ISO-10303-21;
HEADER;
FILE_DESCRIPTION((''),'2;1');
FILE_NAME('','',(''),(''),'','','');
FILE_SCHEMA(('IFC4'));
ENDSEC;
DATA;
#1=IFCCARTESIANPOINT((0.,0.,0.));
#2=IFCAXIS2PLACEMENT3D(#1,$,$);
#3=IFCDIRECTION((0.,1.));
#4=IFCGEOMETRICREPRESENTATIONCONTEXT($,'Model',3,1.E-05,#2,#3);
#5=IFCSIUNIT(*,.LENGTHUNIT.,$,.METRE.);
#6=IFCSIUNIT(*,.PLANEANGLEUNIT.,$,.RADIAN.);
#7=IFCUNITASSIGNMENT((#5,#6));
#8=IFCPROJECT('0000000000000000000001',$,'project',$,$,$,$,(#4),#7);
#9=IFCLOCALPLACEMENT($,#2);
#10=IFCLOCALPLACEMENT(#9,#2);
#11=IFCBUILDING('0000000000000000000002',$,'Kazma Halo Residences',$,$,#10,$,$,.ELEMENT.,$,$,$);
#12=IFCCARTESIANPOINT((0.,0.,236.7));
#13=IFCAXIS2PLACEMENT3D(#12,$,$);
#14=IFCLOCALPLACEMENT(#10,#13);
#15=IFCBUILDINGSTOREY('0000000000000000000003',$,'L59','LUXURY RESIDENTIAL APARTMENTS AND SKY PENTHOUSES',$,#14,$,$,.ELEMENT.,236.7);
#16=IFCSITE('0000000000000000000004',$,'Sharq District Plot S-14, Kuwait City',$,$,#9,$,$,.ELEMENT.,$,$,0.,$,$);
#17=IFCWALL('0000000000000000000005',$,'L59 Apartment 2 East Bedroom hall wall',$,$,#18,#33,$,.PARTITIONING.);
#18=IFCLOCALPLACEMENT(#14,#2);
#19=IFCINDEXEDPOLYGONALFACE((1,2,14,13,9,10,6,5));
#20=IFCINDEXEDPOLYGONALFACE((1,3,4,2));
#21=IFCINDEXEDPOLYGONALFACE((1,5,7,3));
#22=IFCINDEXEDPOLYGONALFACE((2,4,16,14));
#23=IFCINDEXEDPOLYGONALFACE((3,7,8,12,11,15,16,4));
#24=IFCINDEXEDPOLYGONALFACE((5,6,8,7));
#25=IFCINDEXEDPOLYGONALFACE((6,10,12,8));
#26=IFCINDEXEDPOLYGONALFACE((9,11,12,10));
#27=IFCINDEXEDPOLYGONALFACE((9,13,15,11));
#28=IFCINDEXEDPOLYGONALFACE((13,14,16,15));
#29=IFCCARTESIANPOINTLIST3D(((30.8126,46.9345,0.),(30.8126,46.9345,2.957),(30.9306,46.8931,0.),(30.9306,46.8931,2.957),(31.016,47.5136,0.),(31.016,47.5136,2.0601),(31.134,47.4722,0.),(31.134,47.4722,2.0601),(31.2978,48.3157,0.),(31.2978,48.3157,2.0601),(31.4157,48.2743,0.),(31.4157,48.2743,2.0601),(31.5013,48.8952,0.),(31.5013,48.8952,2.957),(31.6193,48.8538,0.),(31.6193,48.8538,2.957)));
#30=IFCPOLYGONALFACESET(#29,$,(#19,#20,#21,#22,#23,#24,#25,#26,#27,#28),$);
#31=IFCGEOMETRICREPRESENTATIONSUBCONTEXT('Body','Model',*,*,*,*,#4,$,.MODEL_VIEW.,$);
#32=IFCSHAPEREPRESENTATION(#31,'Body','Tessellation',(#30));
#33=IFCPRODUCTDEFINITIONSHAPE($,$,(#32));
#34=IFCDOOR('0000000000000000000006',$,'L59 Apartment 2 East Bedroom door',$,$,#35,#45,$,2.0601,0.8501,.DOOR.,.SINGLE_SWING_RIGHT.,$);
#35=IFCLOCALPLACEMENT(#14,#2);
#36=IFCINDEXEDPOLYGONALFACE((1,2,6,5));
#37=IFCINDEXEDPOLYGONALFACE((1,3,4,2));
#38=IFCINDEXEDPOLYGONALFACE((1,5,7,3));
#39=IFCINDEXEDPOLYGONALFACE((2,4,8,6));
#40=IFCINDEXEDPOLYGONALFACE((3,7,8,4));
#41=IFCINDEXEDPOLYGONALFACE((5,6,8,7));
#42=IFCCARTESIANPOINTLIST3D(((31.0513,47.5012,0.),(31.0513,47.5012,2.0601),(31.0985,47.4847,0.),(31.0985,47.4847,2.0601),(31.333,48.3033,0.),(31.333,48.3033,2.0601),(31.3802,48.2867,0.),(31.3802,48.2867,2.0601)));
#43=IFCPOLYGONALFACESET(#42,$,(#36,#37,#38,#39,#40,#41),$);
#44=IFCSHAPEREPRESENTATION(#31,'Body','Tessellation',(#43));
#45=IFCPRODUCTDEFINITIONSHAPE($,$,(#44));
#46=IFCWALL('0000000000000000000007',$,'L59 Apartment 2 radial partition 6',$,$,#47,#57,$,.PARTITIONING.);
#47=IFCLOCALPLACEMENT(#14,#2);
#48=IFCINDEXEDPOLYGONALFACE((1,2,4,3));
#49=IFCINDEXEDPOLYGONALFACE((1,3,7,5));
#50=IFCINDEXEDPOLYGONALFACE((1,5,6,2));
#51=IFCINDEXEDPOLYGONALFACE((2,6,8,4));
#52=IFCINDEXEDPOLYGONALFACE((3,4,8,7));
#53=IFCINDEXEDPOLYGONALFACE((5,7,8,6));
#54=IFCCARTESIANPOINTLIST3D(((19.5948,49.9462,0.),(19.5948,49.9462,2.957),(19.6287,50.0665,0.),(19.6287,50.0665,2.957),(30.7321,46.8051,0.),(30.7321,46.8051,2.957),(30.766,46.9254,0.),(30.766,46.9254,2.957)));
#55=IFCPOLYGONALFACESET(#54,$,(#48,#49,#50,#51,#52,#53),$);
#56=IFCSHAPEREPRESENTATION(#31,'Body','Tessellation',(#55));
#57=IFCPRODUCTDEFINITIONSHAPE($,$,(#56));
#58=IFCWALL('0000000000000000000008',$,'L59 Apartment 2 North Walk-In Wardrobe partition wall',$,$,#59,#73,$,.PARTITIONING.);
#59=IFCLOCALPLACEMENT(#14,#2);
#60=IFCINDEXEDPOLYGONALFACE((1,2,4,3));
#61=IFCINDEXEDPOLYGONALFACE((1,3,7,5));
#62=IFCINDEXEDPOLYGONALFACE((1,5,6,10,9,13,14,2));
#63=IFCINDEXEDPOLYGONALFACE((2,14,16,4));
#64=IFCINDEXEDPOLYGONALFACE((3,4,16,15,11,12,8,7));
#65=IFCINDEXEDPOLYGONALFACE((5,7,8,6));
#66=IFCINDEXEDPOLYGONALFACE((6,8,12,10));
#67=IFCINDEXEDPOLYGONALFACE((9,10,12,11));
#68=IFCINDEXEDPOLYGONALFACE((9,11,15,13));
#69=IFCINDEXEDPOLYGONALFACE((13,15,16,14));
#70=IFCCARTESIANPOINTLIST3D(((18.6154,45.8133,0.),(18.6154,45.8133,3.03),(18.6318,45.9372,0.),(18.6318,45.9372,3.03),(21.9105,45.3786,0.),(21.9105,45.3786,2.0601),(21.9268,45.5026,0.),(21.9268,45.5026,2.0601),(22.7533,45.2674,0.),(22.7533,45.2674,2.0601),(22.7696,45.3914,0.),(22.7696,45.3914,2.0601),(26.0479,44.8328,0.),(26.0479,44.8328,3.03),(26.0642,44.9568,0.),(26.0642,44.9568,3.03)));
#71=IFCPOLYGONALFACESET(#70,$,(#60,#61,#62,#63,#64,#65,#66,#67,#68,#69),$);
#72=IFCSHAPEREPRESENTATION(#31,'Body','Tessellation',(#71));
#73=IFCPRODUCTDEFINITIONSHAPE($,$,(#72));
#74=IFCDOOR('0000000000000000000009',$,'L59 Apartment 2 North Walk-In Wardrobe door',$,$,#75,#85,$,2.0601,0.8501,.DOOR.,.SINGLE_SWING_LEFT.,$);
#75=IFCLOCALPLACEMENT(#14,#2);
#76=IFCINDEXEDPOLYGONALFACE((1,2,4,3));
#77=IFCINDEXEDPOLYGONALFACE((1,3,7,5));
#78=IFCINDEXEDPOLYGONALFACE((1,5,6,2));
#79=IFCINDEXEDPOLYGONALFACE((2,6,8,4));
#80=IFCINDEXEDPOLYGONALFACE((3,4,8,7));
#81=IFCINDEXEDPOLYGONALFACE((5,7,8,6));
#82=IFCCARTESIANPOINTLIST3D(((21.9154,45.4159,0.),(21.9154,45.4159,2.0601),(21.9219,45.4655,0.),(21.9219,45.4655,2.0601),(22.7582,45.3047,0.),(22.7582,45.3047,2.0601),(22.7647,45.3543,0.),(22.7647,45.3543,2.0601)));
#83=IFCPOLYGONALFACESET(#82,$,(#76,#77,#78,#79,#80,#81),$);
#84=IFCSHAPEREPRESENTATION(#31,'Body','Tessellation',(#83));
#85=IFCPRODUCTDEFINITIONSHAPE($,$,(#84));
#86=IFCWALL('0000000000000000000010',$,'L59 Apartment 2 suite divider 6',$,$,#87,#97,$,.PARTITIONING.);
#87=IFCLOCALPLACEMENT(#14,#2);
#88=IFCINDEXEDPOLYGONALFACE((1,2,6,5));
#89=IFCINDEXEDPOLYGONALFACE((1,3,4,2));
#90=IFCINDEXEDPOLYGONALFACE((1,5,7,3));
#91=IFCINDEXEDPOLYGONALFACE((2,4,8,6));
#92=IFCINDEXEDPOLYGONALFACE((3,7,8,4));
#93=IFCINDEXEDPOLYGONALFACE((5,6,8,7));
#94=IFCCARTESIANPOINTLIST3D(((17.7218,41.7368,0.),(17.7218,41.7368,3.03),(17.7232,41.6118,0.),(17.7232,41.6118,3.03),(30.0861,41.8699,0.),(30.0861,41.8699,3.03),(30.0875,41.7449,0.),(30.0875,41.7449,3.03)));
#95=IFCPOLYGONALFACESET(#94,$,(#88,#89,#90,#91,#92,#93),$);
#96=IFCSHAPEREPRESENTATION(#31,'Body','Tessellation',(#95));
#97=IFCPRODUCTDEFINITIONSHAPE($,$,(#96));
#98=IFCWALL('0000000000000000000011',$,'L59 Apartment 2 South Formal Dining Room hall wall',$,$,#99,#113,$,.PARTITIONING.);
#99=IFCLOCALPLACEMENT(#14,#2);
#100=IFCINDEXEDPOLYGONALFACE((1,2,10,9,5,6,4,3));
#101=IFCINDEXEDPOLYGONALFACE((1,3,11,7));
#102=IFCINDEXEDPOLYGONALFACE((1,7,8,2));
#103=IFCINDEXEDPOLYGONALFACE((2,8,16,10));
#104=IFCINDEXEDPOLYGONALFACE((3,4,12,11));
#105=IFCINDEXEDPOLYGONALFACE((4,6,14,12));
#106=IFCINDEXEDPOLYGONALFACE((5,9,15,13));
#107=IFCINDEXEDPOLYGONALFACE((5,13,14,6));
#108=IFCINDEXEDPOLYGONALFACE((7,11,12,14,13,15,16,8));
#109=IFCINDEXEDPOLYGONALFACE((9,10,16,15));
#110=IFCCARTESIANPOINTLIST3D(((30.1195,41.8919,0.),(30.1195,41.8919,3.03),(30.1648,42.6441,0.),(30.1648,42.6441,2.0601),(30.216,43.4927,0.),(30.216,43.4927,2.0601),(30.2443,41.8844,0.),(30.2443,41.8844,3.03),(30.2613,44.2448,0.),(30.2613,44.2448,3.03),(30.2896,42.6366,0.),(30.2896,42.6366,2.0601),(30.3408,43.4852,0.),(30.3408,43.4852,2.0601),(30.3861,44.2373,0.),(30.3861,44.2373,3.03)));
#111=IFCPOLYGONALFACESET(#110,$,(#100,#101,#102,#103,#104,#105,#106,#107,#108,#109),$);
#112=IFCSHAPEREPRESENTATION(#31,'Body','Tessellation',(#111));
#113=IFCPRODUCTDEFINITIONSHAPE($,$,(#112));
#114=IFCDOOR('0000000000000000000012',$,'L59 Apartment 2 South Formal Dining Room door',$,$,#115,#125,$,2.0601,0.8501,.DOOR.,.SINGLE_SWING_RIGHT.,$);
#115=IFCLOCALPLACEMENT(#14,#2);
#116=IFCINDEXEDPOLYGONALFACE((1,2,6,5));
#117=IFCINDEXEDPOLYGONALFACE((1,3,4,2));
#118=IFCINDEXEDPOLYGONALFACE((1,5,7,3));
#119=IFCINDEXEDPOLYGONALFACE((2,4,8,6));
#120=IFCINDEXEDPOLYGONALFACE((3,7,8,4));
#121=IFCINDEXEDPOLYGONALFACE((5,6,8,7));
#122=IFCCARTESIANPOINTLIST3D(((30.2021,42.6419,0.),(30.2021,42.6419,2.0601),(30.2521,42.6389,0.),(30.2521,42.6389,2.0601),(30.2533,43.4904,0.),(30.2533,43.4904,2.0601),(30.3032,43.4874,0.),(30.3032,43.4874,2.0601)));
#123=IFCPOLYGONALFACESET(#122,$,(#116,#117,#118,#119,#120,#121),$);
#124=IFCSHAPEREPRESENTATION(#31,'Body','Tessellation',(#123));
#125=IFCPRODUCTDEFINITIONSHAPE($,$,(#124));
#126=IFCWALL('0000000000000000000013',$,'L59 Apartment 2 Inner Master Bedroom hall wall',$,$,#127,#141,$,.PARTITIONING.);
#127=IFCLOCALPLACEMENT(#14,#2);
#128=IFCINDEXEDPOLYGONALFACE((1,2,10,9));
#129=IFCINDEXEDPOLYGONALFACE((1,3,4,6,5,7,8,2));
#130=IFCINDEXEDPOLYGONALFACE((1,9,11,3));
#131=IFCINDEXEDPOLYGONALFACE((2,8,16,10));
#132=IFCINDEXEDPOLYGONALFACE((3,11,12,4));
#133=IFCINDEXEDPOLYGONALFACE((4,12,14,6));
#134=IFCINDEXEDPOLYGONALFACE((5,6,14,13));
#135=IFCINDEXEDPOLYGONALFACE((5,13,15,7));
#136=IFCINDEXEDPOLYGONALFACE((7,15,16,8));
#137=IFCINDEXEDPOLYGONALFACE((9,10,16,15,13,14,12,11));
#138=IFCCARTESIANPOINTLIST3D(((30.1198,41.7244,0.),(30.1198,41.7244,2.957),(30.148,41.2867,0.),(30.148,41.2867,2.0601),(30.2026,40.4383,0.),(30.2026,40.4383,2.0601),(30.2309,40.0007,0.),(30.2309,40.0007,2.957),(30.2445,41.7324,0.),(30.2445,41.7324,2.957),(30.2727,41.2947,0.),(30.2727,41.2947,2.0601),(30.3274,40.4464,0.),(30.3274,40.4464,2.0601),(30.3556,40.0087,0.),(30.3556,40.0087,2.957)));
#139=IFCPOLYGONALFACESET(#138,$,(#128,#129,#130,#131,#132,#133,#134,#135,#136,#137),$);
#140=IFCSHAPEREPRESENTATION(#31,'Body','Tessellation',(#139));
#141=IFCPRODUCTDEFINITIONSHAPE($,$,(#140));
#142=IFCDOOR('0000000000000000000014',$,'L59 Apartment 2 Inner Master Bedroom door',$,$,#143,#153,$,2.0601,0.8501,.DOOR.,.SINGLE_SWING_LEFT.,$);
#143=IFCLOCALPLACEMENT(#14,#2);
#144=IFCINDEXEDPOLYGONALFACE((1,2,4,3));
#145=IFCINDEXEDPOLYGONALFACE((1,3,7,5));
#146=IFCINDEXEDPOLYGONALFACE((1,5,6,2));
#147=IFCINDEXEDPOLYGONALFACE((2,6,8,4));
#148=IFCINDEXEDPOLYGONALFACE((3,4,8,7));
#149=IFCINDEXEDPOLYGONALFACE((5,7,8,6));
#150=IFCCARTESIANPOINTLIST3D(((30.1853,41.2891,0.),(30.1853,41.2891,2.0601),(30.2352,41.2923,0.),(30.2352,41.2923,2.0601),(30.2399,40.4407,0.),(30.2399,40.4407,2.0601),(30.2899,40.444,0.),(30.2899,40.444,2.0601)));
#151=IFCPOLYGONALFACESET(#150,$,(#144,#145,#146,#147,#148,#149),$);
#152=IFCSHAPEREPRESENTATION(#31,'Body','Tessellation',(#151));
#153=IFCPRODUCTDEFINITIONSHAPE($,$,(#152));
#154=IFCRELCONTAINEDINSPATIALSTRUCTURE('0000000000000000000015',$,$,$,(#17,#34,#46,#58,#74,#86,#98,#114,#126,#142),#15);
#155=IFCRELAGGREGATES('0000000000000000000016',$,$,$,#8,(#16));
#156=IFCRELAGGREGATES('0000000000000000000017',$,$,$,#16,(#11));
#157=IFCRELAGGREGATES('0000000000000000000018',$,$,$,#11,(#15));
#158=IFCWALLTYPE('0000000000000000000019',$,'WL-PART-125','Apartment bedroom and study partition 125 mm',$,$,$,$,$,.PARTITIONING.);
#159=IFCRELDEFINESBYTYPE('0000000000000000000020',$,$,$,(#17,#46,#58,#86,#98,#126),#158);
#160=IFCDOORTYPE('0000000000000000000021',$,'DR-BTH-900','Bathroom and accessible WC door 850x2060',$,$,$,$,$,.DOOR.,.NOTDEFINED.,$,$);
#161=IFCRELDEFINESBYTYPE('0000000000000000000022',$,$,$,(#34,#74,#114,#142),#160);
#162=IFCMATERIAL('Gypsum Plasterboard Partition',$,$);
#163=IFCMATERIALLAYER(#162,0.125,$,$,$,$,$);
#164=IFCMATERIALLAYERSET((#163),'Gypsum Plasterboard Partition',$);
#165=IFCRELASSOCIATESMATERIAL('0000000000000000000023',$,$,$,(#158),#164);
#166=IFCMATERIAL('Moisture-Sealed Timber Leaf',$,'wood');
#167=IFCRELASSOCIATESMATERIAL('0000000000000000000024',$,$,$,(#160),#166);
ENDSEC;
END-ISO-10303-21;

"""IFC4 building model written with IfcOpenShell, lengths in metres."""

from ifc_helpers import new_model, si_unit, direction, frame, frame_2d, origin, place, context, subcontext, project, spatial, rectangle, extrude, material, layer, layer_set, type_object, element, fill, save


model = new_model("IFC4")

# Units and contexts
model_context = context("Model", 3, precision=1e-05, world=origin(), true_north=direction((0.0, 1.0)))
body_context = subcontext(model_context, "Body", "Model", "MODEL_VIEW")
ifc_project = project(units=[si_unit("LENGTHUNIT", "METRE"), si_unit("PLANEANGLEUNIT", "RADIAN")], contexts=[model_context])

# Site, building, storey
site_placement = place(None, origin())
site = spatial("IfcSite", under=ifc_project, at=site_placement, Name="Sharq District Plot S-14, Kuwait City", CompositionType="ELEMENT", RefElevation=0.0)
building_placement = place(site_placement, origin())
building = spatial("IfcBuilding", under=site, at=building_placement, Name="Kazma Halo Residences", CompositionType="ELEMENT")
storey_placement = place(building_placement, frame((0.0, 0.0, 236.7)))
storey = spatial("IfcBuildingStorey", under=building, at=storey_placement, Name="L59", Description="LUXURY RESIDENTIAL APARTMENTS AND SKY PENTHOUSES", CompositionType="ELEMENT", Elevation=236.7)

# Shared definitions
ifc_material_1 = material(Name="Gypsum Plasterboard Partition")
ifc_layer_1 = layer(ifc_material_1, 0.125)
ifc_layer_set_1 = layer_set([ifc_layer_1], Name="Gypsum Plasterboard Partition")
wall_type_1 = type_object("IfcWallType", Name="WL-PART-125", Description="Apartment bedroom and study partition 125 mm", PredefinedType="PARTITIONING", material=ifc_layer_set_1)

# Wall, opening, door
wall_1_placement = place(storey_placement, frame((31.5603, 48.8745, 0.0), z_axis=(0.0, 0.0, 1.0), x_axis=(-0.331413, -0.943486, 0.0)))
wall_1 = element("IfcWall", 1, at=wall_1_placement, inside=storey, type_object=wall_type_1, Name="L59 Apartment 2 East Bedroom hall wall", PredefinedType="PARTITIONING", context=body_context, shape_type="SweptSolid", body=[
    extrude(rectangle(XDim=2.0781, YDim=0.125, at=frame_2d((1.0391, 0.0))), origin(), (0.0, 0.0, 1.0), 2.957),
])
opening_1_placement = place(wall_1_placement, frame((0.6143, 0.0, 0.0)))
opening_1 = element("IfcOpeningElement", 2, at=opening_1_placement, cuts=wall_1, PredefinedType="OPENING", context=body_context, shape_type="SweptSolid", body=[
    extrude(rectangle(XDim=0.8501, YDim=2.0601, at=frame_2d((0.425, 1.03))), frame((0.0, 0.0725, 0.0), z_axis=(0.0, -1.0, 0.0), x_axis=(1.0, 0.0, 0.0)), (0.0, 0.0, 1.0), 0.145),
])
ifc_material_2 = material(Name="Moisture-Sealed Timber Leaf", Category="wood")
door_type = type_object("IfcDoorType", Name="DR-BTH-900", Description="Bathroom and accessible WC door 850x2060", OperationType="NOTDEFINED", PredefinedType="DOOR", material=ifc_material_2)
door_1_placement = place(opening_1_placement, origin())
door_1 = element("IfcDoor", 3, at=door_1_placement, inside=storey, type_object=door_type, Name="L59 Apartment 2 East Bedroom door", OperationType="SINGLE_SWING_RIGHT", OverallHeight=2.0601, OverallWidth=0.8501, PredefinedType="DOOR", context=body_context, shape_type="SweptSolid", body=[
    extrude(rectangle(XDim=0.8501, YDim=2.0601, at=frame_2d((0.425, 1.03))), frame((0.0, 0.0249, 0.0), z_axis=(0.0, -1.0, 0.0), x_axis=(1.0, 0.0, 0.0)), (0.0, 0.0, 1.0), 0.05),
])
fill(opening_1, door_1)

# Wall
wall_2_placement = place(storey_placement, frame((30.749, 46.8652, 0.0), z_axis=(0.0, 0.0, 1.0), x_axis=(-0.962453, 0.271448, 0.0)))
element("IfcWall", 4, at=wall_2_placement, inside=storey, type_object=wall_type_1, Name="L59 Apartment 2 radial partition 6", PredefinedType="PARTITIONING", context=body_context, shape_type="SweptSolid", body=[
    extrude(rectangle(XDim=11.5718, YDim=0.125, at=frame_2d((5.7859, 0.0))), origin(), (0.0, 0.0, 1.0), 2.957),
])

# Wall, opening, door
wall_3_placement = place(storey_placement, frame((26.0562, 44.8948, 0.0), z_axis=(0.0, 0.0, 1.0), x_axis=(-0.991411, 0.130786, 0.0)))
wall_3 = element("IfcWall", 5, at=wall_3_placement, inside=storey, type_object=wall_type_1, Name="L59 Apartment 2 North Walk-In Wardrobe partition wall", PredefinedType="PARTITIONING", context=body_context, shape_type="SweptSolid", body=[
    extrude(rectangle(XDim=7.4968, YDim=0.125, at=frame_2d((3.7485, 0.0))), origin(), (0.0, 0.0, 1.0), 3.03),
])
opening_2_placement = place(wall_3_placement, frame((3.3232, 0.0, 0.0)))
opening_2 = element("IfcOpeningElement", 6, at=opening_2_placement, cuts=wall_3, PredefinedType="OPENING", context=body_context, shape_type="SweptSolid", body=[
    extrude(rectangle(XDim=0.8501, YDim=2.0601, at=frame_2d((0.425, 1.03))), frame((0.0, 0.0725, 0.0), z_axis=(0.0, -1.0, 0.0), x_axis=(1.0, 0.0, 0.0)), (0.0, 0.0, 1.0), 0.145),
])
door_2_placement = place(opening_2_placement, origin())
door_2 = element("IfcDoor", 7, at=door_2_placement, inside=storey, type_object=door_type, Name="L59 Apartment 2 North Walk-In Wardrobe door", OperationType="SINGLE_SWING_LEFT", OverallHeight=2.0601, OverallWidth=0.8501, PredefinedType="DOOR", context=body_context, shape_type="SweptSolid", body=[
    extrude(rectangle(XDim=0.8501, YDim=2.0601, at=frame_2d((0.425, 1.03))), frame((0.0, 0.0249, 0.0), z_axis=(0.0, -1.0, 0.0), x_axis=(1.0, 0.0, 0.0)), (0.0, 0.0, 1.0), 0.05),
])
fill(opening_2, door_2)

# Wall
wall_4_placement = place(storey_placement, frame((30.0869, 41.8074, 0.0), z_axis=(0.0, 0.0, 1.0), x_axis=(-0.999942, -0.010761, 0.0)))
element("IfcWall", 8, at=wall_4_placement, inside=storey, type_object=wall_type_1, Name="L59 Apartment 2 suite divider 6", PredefinedType="PARTITIONING", context=body_context, shape_type="SweptSolid", body=[
    extrude(rectangle(XDim=12.365, YDim=0.125, at=frame_2d((6.1826, 0.0))), origin(), (0.0, 0.0, 1.0), 3.03),
])

# Walls, openings, doors
wall_5_placement = place(storey_placement, frame((30.3237, 44.2412, 0.0), z_axis=(0.0, 0.0, 1.0), x_axis=(-0.060173, -0.998188, 0.0)))
wall_5 = element("IfcWall", 9, at=wall_5_placement, inside=storey, type_object=wall_type_1, Name="L59 Apartment 2 South Formal Dining Room hall wall", PredefinedType="PARTITIONING", context=body_context, shape_type="SweptSolid", body=[
    extrude(rectangle(XDim=2.3572, YDim=0.125, at=frame_2d((1.1787, 0.0))), origin(), (0.0, 0.0, 1.0), 3.03),
])
opening_3_placement = place(wall_5_placement, frame((0.7537, 0.0, 0.0)))
opening_3 = element("IfcOpeningElement", 10, at=opening_3_placement, cuts=wall_5, PredefinedType="OPENING", context=body_context, shape_type="SweptSolid", body=[
    extrude(rectangle(XDim=0.8501, YDim=2.0601, at=frame_2d((0.425, 1.03))), frame((0.0, 0.0725, 0.0), z_axis=(0.0, -1.0, 0.0), x_axis=(1.0, 0.0, 0.0)), (0.0, 0.0, 1.0), 0.145),
])
door_3_placement = place(opening_3_placement, origin())
door_3 = element("IfcDoor", 11, at=door_3_placement, inside=storey, type_object=door_type, Name="L59 Apartment 2 South Formal Dining Room door", OperationType="SINGLE_SWING_RIGHT", OverallHeight=2.0601, OverallWidth=0.8501, PredefinedType="DOOR", context=body_context, shape_type="SweptSolid", body=[
    extrude(rectangle(XDim=0.8501, YDim=2.0601, at=frame_2d((0.425, 1.03))), frame((0.0, 0.0249, 0.0), z_axis=(0.0, -1.0, 0.0), x_axis=(1.0, 0.0, 0.0)), (0.0, 0.0, 1.0), 0.05),
])
fill(opening_3, door_3)
wall_6_placement = place(storey_placement, frame((30.1821, 41.7285, 0.0), z_axis=(0.0, 0.0, 1.0), x_axis=(0.064314, -0.99793, 0.0)))
wall_6 = element("IfcWall", 12, at=wall_6_placement, inside=storey, type_object=wall_type_1, Name="L59 Apartment 2 Inner Master Bedroom hall wall", PredefinedType="PARTITIONING", context=body_context, shape_type="SweptSolid", body=[
    extrude(rectangle(XDim=1.7273, YDim=0.125, at=frame_2d((0.8638, 0.0))), origin(), (0.0, 0.0, 1.0), 2.957),
])
opening_4_placement = place(wall_6_placement, frame((0.4387, 0.0, 0.0)))
opening_4 = element("IfcOpeningElement", 13, at=opening_4_placement, cuts=wall_6, PredefinedType="OPENING", context=body_context, shape_type="SweptSolid", body=[
    extrude(rectangle(XDim=0.8501, YDim=2.0601, at=frame_2d((0.425, 1.03))), frame((0.0, 0.0725, 0.0), z_axis=(0.0, -1.0, 0.0), x_axis=(1.0, 0.0, 0.0)), (0.0, 0.0, 1.0), 0.145),
])
door_4_placement = place(opening_4_placement, origin())
door_4 = element("IfcDoor", 14, at=door_4_placement, inside=storey, type_object=door_type, Name="L59 Apartment 2 Inner Master Bedroom door", OperationType="SINGLE_SWING_LEFT", OverallHeight=2.0601, OverallWidth=0.8501, PredefinedType="DOOR", context=body_context, shape_type="SweptSolid", body=[
    extrude(rectangle(XDim=0.8501, YDim=2.0601, at=frame_2d((0.425, 1.03))), frame((0.0, 0.0249, 0.0), z_axis=(0.0, -1.0, 0.0), x_axis=(1.0, 0.0, 0.0)), (0.0, 0.0, 1.0), 0.05),
])
fill(opening_4, door_4)

save(model, "model.ifc")
